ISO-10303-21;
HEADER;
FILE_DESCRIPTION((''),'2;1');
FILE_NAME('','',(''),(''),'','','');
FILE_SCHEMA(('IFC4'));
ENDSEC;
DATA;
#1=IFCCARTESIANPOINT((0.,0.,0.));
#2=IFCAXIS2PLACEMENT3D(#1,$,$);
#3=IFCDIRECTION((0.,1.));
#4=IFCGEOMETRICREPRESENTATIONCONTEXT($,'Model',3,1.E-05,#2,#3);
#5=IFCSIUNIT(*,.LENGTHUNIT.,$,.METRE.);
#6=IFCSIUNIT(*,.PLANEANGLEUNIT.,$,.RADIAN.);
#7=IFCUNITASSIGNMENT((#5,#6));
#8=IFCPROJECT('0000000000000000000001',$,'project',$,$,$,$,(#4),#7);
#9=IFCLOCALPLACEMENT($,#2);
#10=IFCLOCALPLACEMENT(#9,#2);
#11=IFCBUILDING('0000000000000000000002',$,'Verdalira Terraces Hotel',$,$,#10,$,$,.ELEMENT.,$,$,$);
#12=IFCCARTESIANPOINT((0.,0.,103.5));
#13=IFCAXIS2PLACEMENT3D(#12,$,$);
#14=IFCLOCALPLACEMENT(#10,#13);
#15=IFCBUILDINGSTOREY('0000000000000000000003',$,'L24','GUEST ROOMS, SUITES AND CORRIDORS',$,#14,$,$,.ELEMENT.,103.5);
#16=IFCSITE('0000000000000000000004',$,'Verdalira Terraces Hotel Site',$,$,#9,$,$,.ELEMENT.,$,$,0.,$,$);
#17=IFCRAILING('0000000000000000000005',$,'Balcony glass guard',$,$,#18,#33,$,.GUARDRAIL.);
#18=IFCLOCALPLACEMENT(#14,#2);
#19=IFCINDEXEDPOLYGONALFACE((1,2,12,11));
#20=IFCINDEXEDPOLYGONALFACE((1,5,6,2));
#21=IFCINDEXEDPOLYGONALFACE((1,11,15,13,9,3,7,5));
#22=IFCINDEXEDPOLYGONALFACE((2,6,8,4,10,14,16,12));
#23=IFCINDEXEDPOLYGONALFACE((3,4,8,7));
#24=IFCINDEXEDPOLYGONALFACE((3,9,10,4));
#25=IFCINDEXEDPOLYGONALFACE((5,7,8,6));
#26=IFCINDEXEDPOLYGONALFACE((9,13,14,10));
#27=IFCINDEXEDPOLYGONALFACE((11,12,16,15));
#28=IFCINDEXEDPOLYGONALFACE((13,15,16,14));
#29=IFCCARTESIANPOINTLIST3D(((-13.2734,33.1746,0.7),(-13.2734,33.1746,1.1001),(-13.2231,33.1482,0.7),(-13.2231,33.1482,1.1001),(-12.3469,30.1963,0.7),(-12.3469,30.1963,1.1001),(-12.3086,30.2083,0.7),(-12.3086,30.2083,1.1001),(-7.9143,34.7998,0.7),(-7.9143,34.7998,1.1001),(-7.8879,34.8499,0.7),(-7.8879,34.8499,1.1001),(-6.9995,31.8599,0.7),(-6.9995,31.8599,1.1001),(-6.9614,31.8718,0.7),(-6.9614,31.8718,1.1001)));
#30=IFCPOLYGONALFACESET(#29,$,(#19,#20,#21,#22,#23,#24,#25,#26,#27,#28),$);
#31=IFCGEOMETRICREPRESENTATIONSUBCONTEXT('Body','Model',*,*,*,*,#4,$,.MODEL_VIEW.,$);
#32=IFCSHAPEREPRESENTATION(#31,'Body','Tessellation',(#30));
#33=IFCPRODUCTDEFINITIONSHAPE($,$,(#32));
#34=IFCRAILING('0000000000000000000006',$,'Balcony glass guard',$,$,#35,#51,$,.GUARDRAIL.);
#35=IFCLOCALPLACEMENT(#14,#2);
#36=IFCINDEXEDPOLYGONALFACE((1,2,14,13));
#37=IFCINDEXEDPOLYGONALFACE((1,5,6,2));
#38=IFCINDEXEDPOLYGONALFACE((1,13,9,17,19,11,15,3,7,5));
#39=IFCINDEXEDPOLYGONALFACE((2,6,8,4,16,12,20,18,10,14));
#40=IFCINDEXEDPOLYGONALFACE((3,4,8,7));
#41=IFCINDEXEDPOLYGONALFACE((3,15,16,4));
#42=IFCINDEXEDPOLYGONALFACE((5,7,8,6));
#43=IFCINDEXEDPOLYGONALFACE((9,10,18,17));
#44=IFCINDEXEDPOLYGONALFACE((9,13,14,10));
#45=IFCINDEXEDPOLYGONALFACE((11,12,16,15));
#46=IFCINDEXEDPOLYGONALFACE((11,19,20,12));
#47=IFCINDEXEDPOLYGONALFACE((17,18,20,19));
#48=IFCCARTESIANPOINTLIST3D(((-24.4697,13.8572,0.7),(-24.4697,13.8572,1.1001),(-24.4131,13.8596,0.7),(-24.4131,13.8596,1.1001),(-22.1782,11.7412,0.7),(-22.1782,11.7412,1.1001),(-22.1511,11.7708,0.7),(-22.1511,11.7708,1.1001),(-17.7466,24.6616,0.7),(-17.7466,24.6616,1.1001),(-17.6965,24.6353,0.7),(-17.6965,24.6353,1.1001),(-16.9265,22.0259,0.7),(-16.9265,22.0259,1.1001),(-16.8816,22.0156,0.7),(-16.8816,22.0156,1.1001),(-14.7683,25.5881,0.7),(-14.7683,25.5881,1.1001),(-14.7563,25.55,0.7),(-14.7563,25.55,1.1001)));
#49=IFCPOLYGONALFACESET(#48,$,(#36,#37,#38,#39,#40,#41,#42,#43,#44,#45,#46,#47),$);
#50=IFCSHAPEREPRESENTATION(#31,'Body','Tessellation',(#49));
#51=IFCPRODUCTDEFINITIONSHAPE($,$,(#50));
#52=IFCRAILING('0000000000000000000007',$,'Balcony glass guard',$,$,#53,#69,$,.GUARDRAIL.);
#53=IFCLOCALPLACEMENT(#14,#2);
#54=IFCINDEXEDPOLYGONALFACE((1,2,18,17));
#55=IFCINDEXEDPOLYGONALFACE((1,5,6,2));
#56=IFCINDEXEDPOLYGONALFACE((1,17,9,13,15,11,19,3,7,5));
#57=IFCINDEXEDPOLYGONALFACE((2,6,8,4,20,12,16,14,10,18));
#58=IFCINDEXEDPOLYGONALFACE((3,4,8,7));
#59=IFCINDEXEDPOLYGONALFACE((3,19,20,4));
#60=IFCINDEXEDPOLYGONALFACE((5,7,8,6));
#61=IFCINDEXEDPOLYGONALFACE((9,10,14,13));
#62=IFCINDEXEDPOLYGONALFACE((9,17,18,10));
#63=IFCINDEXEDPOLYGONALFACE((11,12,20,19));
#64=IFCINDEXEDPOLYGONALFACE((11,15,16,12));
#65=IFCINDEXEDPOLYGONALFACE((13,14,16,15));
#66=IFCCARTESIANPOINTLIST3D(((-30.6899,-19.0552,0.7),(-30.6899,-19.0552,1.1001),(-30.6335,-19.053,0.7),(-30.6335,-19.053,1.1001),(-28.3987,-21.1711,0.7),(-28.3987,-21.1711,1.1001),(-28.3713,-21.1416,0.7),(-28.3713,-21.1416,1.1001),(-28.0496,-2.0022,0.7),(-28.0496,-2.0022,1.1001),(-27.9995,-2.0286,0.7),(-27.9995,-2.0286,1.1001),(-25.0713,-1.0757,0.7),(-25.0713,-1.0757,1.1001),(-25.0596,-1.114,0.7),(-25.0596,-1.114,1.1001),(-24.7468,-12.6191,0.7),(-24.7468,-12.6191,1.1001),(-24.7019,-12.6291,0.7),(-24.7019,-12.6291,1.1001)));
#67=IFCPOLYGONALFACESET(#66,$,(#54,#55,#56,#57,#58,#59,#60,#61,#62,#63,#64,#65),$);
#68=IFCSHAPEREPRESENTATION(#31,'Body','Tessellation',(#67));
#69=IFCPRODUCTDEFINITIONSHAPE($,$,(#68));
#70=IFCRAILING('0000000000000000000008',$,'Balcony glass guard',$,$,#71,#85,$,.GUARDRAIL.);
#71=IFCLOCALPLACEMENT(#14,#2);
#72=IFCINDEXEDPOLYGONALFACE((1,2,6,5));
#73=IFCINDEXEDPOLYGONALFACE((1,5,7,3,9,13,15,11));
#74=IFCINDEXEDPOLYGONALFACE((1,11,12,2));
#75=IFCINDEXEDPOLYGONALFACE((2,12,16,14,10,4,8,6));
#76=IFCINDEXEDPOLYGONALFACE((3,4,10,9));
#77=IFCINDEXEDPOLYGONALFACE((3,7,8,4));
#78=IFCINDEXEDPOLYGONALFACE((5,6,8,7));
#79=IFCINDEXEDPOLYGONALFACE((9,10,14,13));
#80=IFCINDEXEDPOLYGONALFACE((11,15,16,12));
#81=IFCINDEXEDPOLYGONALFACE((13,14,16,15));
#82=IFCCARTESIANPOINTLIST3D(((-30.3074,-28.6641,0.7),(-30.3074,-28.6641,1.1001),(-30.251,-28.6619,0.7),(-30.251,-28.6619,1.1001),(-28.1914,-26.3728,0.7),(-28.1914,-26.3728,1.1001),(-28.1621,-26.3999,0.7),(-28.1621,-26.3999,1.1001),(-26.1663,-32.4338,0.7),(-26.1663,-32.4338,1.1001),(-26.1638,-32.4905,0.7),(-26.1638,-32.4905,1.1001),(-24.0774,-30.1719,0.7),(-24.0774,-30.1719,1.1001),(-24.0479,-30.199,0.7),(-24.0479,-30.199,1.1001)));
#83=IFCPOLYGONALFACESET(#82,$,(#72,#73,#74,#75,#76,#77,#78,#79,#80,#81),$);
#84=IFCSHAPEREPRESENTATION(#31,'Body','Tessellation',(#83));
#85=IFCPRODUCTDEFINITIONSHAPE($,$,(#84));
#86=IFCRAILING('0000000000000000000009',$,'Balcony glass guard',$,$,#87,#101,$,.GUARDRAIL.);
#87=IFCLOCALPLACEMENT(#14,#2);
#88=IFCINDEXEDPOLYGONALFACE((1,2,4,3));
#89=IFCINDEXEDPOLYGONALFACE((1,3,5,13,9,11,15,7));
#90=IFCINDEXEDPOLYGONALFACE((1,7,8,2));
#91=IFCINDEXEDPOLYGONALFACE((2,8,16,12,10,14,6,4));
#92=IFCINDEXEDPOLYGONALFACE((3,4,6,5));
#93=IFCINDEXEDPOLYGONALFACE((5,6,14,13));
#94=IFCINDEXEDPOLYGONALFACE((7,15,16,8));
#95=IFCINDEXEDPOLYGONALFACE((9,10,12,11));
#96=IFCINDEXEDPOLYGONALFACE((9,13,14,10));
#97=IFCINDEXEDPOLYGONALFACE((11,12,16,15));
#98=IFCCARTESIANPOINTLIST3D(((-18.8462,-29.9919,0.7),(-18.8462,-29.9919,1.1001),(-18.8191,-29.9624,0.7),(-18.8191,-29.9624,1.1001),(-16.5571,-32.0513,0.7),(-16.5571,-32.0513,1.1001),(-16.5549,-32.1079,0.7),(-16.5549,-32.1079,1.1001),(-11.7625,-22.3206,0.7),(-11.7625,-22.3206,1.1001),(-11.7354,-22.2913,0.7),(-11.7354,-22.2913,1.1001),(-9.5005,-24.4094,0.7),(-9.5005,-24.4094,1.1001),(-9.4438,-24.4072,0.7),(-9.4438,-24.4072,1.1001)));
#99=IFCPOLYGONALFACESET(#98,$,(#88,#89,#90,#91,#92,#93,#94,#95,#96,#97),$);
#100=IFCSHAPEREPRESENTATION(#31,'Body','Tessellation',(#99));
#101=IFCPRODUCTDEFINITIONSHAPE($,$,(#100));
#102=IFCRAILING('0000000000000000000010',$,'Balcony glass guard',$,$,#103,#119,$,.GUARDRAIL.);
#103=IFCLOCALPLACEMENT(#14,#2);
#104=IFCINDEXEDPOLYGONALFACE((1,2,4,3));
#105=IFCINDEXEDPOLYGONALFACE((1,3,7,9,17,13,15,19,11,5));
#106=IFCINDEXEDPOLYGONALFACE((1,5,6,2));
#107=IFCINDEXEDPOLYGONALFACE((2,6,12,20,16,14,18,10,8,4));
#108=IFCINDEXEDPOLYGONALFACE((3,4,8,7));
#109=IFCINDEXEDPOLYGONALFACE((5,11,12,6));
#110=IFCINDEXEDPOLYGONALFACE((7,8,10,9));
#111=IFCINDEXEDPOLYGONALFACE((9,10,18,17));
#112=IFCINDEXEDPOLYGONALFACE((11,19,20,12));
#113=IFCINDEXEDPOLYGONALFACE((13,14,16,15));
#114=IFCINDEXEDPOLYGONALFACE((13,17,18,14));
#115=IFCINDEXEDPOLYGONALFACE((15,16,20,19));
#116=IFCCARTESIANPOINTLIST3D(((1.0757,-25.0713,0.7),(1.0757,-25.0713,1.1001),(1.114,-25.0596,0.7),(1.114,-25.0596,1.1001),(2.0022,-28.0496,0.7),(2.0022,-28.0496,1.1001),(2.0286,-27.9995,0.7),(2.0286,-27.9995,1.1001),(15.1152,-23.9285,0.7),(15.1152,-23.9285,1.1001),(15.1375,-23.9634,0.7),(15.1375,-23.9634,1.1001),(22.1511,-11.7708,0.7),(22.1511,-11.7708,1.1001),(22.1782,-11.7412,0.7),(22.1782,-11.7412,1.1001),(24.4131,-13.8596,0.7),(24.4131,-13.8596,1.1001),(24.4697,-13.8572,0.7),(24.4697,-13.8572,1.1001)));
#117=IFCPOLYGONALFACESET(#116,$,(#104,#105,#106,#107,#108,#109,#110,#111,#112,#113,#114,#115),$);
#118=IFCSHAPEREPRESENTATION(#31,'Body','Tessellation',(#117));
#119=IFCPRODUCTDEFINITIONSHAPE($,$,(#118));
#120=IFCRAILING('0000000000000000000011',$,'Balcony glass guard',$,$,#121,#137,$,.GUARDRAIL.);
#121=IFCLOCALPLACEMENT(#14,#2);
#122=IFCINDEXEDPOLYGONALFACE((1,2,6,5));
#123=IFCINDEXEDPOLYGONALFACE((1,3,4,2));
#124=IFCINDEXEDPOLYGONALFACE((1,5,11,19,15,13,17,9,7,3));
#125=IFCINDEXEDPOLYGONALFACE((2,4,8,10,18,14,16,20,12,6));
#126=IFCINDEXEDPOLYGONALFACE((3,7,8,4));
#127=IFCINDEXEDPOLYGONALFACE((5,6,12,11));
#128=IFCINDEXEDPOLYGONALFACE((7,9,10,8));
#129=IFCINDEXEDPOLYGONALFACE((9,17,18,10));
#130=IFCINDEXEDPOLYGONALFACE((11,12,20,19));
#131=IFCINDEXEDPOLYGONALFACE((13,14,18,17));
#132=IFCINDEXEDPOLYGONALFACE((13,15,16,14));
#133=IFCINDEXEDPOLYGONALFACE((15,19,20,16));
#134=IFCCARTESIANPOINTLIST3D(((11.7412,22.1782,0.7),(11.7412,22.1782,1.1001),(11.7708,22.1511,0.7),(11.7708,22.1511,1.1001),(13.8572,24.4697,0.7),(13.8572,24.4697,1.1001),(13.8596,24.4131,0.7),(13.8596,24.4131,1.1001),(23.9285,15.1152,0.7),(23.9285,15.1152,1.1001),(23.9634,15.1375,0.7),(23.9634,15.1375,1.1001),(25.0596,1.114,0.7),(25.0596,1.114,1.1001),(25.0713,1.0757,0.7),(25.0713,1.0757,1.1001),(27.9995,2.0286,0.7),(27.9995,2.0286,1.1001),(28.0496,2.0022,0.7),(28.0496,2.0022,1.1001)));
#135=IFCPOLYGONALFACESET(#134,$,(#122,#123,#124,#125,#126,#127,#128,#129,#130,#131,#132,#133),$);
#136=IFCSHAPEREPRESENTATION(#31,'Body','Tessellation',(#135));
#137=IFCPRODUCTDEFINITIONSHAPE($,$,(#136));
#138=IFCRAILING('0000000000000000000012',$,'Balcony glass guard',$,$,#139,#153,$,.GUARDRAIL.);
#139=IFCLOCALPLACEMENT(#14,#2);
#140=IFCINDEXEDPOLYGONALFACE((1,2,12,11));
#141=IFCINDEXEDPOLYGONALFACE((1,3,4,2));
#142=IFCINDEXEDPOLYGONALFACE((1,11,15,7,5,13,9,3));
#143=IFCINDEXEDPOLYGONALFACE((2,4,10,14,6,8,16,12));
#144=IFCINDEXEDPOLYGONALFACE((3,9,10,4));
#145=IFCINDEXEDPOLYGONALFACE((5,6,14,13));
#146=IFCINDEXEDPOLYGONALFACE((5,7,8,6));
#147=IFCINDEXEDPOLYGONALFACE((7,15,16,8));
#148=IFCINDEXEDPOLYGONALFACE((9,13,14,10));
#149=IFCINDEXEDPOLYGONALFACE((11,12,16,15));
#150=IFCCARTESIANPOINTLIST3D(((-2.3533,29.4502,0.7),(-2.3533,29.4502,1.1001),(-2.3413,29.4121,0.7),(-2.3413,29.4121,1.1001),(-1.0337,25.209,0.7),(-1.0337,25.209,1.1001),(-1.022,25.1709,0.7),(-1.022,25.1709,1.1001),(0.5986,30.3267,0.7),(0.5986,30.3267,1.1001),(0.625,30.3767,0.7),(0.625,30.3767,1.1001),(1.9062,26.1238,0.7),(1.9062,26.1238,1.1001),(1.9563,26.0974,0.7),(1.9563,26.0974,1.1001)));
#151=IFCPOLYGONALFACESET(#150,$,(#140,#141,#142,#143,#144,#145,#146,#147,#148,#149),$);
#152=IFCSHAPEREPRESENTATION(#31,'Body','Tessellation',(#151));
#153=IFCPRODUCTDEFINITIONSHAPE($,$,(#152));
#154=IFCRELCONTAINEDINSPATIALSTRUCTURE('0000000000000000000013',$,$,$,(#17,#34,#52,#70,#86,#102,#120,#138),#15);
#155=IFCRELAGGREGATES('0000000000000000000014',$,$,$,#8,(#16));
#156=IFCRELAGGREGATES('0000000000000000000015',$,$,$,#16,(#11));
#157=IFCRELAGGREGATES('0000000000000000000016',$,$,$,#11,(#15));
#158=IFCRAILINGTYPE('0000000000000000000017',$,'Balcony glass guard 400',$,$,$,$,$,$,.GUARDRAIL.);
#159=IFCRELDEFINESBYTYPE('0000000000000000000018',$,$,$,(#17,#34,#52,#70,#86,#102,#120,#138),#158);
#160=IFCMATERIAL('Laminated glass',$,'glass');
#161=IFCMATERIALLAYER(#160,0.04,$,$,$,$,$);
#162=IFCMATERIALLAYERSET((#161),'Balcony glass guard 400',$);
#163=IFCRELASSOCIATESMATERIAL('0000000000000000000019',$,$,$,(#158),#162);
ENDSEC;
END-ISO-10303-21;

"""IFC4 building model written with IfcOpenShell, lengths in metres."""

from ifc_helpers import new_model, si_unit, direction, frame, origin, place, context, subcontext, project, spatial, polyline, outline, extrude, material, layer, layer_set, type_object, element, save


model = new_model("IFC4")

# Units and contexts
model_context = context("Model", 3, precision=1e-05, world=origin(), true_north=direction((0.0, 1.0)))
body_context = subcontext(model_context, "Body", "Model", "MODEL_VIEW")
ifc_project = project(units=[si_unit("LENGTHUNIT", "METRE"), si_unit("PLANEANGLEUNIT", "RADIAN")], contexts=[model_context])

# Site, building, storey
site_placement = place(None, origin())
site = spatial("IfcSite", under=ifc_project, at=site_placement, Name="Verdalira Terraces Hotel Site", CompositionType="ELEMENT", RefElevation=0.0)
building_placement = place(site_placement, origin())
building = spatial("IfcBuilding", under=site, at=building_placement, Name="Verdalira Terraces Hotel", CompositionType="ELEMENT")
storey_placement = place(building_placement, frame((0.0, 0.0, 103.5)))
storey = spatial("IfcBuildingStorey", under=building, at=storey_placement, Name="L24", Description="GUEST ROOMS, SUITES AND CORRIDORS", CompositionType="ELEMENT", Elevation=103.5)

# Railings
ifc_material_1 = material(Name="Laminated glass", Category="glass")
ifc_layer_1 = layer(ifc_material_1, 0.04)
ifc_layer_set_1 = layer_set([ifc_layer_1], Name="Balcony glass guard 400")
railing_type = type_object("IfcRailingType", Name="Balcony glass guard 400", PredefinedType="GUARDRAIL", material=ifc_layer_set_1)
railing_1_placement = place(storey_placement, frame((0.0, 0.0, 0.7)))
element("IfcRailing", 1, at=railing_1_placement, inside=storey, type_object=railing_type, Name="Balcony glass guard", PredefinedType="GUARDRAIL", context=body_context, shape_type="SweptSolid", body=[
    extrude(outline(polyline([(-7.9143, 34.7998), (-13.2231, 33.1482), (-12.3086, 30.2083), (-12.3469, 30.1963), (-13.2734, 33.1746), (-7.8879, 34.8499), (-6.9614, 31.8718), (-6.9995, 31.8599), (-7.9143, 34.7998)])), origin(), (0.0, 0.0, 1.0), 0.4001),
])
railing_2_placement = place(storey_placement, frame((0.0, 0.0, 0.7)))
element("IfcRailing", 2, at=railing_2_placement, inside=storey, type_object=railing_type, Name="Balcony glass guard", PredefinedType="GUARDRAIL", context=body_context, shape_type="SweptSolid", body=[
    extrude(outline(polyline([(-17.6965, 24.6353), (-16.8816, 22.0156), (-24.4131, 13.8596), (-22.1511, 11.7708), (-22.1782, 11.7412), (-24.4697, 13.8572), (-16.9265, 22.0259), (-17.7466, 24.6616), (-14.7683, 25.5881), (-14.7563, 25.55), (-17.6965, 24.6353)])), origin(), (0.0, 0.0, 1.0), 0.4001),
])
railing_3_placement = place(storey_placement, frame((0.0, 0.0, 0.7)))
element("IfcRailing", 3, at=railing_3_placement, inside=storey, type_object=railing_type, Name="Balcony glass guard", PredefinedType="GUARDRAIL", context=body_context, shape_type="SweptSolid", body=[
    extrude(outline(polyline([(-27.9995, -2.0286), (-24.7019, -12.6291), (-30.6335, -19.053), (-28.3713, -21.1416), (-28.3987, -21.1711), (-30.6899, -19.0552), (-24.7468, -12.6191), (-28.0496, -2.0022), (-25.0713, -1.0757), (-25.0596, -1.114), (-27.9995, -2.0286)])), origin(), (0.0, 0.0, 1.0), 0.4001),
])
railing_4_placement = place(storey_placement, frame((0.0, 0.0, 0.7)))
element("IfcRailing", 4, at=railing_4_placement, inside=storey, type_object=railing_type, Name="Balcony glass guard", PredefinedType="GUARDRAIL", context=body_context, shape_type="SweptSolid", body=[
    extrude(outline(polyline([(-30.251, -28.6619), (-26.1663, -32.4338), (-24.0774, -30.1719), (-24.0479, -30.199), (-26.1638, -32.4905), (-30.3074, -28.6641), (-28.1914, -26.3728), (-28.1621, -26.3999), (-30.251, -28.6619)])), origin(), (0.0, 0.0, 1.0), 0.4001),
])
railing_5_placement = place(storey_placement, frame((0.0, 0.0, 0.7)))
element("IfcRailing", 5, at=railing_5_placement, inside=storey, type_object=railing_type, Name="Balcony glass guard", PredefinedType="GUARDRAIL", context=body_context, shape_type="SweptSolid", body=[
    extrude(outline(polyline([(-16.5571, -32.0513), (-9.5005, -24.4094), (-11.7625, -22.3206), (-11.7354, -22.2913), (-9.4438, -24.4072), (-16.5549, -32.1079), (-18.8462, -29.9919), (-18.8191, -29.9624), (-16.5571, -32.0513)])), origin(), (0.0, 0.0, 1.0), 0.4001),
])
railing_6_placement = place(storey_placement, frame((0.0, 0.0, 0.7)))
element("IfcRailing", 6, at=railing_6_placement, inside=storey, type_object=railing_type, Name="Balcony glass guard", PredefinedType="GUARDRAIL", context=body_context, shape_type="SweptSolid", body=[
    extrude(outline(polyline([(2.0286, -27.9995), (15.1152, -23.9285), (24.4131, -13.8596), (22.1511, -11.7708), (22.1782, -11.7412), (24.4697, -13.8572), (15.1375, -23.9634), (2.0022, -28.0496), (1.0757, -25.0713), (1.114, -25.0596), (2.0286, -27.9995)])), origin(), (0.0, 0.0, 1.0), 0.4001),
])
railing_7_placement = place(storey_placement, frame((0.0, 0.0, 0.7)))
element("IfcRailing", 7, at=railing_7_placement, inside=storey, type_object=railing_type, Name="Balcony glass guard", PredefinedType="GUARDRAIL", context=body_context, shape_type="SweptSolid", body=[
    extrude(outline(polyline([(27.9995, 2.0286), (23.9285, 15.1152), (13.8596, 24.4131), (11.7708, 22.1511), (11.7412, 22.1782), (13.8572, 24.4697), (23.9634, 15.1375), (28.0496, 2.0022), (25.0713, 1.0757), (25.0596, 1.114), (27.9995, 2.0286)])), origin(), (0.0, 0.0, 1.0), 0.4001),
])
railing_8_placement = place(storey_placement, frame((0.0, 0.0, 0.7)))
element("IfcRailing", 8, at=railing_8_placement, inside=storey, type_object=railing_type, Name="Balcony glass guard", PredefinedType="GUARDRAIL", context=body_context, shape_type="SweptSolid", body=[
    extrude(outline(polyline([(1.9062, 26.1238), (0.5986, 30.3267), (-2.3413, 29.4121), (-2.3533, 29.4502), (0.625, 30.3767), (1.9563, 26.0974), (-1.022, 25.1709), (-1.0337, 25.209), (1.9062, 26.1238)])), origin(), (0.0, 0.0, 1.0), 0.4001),
])

save(model, "model.ifc")
